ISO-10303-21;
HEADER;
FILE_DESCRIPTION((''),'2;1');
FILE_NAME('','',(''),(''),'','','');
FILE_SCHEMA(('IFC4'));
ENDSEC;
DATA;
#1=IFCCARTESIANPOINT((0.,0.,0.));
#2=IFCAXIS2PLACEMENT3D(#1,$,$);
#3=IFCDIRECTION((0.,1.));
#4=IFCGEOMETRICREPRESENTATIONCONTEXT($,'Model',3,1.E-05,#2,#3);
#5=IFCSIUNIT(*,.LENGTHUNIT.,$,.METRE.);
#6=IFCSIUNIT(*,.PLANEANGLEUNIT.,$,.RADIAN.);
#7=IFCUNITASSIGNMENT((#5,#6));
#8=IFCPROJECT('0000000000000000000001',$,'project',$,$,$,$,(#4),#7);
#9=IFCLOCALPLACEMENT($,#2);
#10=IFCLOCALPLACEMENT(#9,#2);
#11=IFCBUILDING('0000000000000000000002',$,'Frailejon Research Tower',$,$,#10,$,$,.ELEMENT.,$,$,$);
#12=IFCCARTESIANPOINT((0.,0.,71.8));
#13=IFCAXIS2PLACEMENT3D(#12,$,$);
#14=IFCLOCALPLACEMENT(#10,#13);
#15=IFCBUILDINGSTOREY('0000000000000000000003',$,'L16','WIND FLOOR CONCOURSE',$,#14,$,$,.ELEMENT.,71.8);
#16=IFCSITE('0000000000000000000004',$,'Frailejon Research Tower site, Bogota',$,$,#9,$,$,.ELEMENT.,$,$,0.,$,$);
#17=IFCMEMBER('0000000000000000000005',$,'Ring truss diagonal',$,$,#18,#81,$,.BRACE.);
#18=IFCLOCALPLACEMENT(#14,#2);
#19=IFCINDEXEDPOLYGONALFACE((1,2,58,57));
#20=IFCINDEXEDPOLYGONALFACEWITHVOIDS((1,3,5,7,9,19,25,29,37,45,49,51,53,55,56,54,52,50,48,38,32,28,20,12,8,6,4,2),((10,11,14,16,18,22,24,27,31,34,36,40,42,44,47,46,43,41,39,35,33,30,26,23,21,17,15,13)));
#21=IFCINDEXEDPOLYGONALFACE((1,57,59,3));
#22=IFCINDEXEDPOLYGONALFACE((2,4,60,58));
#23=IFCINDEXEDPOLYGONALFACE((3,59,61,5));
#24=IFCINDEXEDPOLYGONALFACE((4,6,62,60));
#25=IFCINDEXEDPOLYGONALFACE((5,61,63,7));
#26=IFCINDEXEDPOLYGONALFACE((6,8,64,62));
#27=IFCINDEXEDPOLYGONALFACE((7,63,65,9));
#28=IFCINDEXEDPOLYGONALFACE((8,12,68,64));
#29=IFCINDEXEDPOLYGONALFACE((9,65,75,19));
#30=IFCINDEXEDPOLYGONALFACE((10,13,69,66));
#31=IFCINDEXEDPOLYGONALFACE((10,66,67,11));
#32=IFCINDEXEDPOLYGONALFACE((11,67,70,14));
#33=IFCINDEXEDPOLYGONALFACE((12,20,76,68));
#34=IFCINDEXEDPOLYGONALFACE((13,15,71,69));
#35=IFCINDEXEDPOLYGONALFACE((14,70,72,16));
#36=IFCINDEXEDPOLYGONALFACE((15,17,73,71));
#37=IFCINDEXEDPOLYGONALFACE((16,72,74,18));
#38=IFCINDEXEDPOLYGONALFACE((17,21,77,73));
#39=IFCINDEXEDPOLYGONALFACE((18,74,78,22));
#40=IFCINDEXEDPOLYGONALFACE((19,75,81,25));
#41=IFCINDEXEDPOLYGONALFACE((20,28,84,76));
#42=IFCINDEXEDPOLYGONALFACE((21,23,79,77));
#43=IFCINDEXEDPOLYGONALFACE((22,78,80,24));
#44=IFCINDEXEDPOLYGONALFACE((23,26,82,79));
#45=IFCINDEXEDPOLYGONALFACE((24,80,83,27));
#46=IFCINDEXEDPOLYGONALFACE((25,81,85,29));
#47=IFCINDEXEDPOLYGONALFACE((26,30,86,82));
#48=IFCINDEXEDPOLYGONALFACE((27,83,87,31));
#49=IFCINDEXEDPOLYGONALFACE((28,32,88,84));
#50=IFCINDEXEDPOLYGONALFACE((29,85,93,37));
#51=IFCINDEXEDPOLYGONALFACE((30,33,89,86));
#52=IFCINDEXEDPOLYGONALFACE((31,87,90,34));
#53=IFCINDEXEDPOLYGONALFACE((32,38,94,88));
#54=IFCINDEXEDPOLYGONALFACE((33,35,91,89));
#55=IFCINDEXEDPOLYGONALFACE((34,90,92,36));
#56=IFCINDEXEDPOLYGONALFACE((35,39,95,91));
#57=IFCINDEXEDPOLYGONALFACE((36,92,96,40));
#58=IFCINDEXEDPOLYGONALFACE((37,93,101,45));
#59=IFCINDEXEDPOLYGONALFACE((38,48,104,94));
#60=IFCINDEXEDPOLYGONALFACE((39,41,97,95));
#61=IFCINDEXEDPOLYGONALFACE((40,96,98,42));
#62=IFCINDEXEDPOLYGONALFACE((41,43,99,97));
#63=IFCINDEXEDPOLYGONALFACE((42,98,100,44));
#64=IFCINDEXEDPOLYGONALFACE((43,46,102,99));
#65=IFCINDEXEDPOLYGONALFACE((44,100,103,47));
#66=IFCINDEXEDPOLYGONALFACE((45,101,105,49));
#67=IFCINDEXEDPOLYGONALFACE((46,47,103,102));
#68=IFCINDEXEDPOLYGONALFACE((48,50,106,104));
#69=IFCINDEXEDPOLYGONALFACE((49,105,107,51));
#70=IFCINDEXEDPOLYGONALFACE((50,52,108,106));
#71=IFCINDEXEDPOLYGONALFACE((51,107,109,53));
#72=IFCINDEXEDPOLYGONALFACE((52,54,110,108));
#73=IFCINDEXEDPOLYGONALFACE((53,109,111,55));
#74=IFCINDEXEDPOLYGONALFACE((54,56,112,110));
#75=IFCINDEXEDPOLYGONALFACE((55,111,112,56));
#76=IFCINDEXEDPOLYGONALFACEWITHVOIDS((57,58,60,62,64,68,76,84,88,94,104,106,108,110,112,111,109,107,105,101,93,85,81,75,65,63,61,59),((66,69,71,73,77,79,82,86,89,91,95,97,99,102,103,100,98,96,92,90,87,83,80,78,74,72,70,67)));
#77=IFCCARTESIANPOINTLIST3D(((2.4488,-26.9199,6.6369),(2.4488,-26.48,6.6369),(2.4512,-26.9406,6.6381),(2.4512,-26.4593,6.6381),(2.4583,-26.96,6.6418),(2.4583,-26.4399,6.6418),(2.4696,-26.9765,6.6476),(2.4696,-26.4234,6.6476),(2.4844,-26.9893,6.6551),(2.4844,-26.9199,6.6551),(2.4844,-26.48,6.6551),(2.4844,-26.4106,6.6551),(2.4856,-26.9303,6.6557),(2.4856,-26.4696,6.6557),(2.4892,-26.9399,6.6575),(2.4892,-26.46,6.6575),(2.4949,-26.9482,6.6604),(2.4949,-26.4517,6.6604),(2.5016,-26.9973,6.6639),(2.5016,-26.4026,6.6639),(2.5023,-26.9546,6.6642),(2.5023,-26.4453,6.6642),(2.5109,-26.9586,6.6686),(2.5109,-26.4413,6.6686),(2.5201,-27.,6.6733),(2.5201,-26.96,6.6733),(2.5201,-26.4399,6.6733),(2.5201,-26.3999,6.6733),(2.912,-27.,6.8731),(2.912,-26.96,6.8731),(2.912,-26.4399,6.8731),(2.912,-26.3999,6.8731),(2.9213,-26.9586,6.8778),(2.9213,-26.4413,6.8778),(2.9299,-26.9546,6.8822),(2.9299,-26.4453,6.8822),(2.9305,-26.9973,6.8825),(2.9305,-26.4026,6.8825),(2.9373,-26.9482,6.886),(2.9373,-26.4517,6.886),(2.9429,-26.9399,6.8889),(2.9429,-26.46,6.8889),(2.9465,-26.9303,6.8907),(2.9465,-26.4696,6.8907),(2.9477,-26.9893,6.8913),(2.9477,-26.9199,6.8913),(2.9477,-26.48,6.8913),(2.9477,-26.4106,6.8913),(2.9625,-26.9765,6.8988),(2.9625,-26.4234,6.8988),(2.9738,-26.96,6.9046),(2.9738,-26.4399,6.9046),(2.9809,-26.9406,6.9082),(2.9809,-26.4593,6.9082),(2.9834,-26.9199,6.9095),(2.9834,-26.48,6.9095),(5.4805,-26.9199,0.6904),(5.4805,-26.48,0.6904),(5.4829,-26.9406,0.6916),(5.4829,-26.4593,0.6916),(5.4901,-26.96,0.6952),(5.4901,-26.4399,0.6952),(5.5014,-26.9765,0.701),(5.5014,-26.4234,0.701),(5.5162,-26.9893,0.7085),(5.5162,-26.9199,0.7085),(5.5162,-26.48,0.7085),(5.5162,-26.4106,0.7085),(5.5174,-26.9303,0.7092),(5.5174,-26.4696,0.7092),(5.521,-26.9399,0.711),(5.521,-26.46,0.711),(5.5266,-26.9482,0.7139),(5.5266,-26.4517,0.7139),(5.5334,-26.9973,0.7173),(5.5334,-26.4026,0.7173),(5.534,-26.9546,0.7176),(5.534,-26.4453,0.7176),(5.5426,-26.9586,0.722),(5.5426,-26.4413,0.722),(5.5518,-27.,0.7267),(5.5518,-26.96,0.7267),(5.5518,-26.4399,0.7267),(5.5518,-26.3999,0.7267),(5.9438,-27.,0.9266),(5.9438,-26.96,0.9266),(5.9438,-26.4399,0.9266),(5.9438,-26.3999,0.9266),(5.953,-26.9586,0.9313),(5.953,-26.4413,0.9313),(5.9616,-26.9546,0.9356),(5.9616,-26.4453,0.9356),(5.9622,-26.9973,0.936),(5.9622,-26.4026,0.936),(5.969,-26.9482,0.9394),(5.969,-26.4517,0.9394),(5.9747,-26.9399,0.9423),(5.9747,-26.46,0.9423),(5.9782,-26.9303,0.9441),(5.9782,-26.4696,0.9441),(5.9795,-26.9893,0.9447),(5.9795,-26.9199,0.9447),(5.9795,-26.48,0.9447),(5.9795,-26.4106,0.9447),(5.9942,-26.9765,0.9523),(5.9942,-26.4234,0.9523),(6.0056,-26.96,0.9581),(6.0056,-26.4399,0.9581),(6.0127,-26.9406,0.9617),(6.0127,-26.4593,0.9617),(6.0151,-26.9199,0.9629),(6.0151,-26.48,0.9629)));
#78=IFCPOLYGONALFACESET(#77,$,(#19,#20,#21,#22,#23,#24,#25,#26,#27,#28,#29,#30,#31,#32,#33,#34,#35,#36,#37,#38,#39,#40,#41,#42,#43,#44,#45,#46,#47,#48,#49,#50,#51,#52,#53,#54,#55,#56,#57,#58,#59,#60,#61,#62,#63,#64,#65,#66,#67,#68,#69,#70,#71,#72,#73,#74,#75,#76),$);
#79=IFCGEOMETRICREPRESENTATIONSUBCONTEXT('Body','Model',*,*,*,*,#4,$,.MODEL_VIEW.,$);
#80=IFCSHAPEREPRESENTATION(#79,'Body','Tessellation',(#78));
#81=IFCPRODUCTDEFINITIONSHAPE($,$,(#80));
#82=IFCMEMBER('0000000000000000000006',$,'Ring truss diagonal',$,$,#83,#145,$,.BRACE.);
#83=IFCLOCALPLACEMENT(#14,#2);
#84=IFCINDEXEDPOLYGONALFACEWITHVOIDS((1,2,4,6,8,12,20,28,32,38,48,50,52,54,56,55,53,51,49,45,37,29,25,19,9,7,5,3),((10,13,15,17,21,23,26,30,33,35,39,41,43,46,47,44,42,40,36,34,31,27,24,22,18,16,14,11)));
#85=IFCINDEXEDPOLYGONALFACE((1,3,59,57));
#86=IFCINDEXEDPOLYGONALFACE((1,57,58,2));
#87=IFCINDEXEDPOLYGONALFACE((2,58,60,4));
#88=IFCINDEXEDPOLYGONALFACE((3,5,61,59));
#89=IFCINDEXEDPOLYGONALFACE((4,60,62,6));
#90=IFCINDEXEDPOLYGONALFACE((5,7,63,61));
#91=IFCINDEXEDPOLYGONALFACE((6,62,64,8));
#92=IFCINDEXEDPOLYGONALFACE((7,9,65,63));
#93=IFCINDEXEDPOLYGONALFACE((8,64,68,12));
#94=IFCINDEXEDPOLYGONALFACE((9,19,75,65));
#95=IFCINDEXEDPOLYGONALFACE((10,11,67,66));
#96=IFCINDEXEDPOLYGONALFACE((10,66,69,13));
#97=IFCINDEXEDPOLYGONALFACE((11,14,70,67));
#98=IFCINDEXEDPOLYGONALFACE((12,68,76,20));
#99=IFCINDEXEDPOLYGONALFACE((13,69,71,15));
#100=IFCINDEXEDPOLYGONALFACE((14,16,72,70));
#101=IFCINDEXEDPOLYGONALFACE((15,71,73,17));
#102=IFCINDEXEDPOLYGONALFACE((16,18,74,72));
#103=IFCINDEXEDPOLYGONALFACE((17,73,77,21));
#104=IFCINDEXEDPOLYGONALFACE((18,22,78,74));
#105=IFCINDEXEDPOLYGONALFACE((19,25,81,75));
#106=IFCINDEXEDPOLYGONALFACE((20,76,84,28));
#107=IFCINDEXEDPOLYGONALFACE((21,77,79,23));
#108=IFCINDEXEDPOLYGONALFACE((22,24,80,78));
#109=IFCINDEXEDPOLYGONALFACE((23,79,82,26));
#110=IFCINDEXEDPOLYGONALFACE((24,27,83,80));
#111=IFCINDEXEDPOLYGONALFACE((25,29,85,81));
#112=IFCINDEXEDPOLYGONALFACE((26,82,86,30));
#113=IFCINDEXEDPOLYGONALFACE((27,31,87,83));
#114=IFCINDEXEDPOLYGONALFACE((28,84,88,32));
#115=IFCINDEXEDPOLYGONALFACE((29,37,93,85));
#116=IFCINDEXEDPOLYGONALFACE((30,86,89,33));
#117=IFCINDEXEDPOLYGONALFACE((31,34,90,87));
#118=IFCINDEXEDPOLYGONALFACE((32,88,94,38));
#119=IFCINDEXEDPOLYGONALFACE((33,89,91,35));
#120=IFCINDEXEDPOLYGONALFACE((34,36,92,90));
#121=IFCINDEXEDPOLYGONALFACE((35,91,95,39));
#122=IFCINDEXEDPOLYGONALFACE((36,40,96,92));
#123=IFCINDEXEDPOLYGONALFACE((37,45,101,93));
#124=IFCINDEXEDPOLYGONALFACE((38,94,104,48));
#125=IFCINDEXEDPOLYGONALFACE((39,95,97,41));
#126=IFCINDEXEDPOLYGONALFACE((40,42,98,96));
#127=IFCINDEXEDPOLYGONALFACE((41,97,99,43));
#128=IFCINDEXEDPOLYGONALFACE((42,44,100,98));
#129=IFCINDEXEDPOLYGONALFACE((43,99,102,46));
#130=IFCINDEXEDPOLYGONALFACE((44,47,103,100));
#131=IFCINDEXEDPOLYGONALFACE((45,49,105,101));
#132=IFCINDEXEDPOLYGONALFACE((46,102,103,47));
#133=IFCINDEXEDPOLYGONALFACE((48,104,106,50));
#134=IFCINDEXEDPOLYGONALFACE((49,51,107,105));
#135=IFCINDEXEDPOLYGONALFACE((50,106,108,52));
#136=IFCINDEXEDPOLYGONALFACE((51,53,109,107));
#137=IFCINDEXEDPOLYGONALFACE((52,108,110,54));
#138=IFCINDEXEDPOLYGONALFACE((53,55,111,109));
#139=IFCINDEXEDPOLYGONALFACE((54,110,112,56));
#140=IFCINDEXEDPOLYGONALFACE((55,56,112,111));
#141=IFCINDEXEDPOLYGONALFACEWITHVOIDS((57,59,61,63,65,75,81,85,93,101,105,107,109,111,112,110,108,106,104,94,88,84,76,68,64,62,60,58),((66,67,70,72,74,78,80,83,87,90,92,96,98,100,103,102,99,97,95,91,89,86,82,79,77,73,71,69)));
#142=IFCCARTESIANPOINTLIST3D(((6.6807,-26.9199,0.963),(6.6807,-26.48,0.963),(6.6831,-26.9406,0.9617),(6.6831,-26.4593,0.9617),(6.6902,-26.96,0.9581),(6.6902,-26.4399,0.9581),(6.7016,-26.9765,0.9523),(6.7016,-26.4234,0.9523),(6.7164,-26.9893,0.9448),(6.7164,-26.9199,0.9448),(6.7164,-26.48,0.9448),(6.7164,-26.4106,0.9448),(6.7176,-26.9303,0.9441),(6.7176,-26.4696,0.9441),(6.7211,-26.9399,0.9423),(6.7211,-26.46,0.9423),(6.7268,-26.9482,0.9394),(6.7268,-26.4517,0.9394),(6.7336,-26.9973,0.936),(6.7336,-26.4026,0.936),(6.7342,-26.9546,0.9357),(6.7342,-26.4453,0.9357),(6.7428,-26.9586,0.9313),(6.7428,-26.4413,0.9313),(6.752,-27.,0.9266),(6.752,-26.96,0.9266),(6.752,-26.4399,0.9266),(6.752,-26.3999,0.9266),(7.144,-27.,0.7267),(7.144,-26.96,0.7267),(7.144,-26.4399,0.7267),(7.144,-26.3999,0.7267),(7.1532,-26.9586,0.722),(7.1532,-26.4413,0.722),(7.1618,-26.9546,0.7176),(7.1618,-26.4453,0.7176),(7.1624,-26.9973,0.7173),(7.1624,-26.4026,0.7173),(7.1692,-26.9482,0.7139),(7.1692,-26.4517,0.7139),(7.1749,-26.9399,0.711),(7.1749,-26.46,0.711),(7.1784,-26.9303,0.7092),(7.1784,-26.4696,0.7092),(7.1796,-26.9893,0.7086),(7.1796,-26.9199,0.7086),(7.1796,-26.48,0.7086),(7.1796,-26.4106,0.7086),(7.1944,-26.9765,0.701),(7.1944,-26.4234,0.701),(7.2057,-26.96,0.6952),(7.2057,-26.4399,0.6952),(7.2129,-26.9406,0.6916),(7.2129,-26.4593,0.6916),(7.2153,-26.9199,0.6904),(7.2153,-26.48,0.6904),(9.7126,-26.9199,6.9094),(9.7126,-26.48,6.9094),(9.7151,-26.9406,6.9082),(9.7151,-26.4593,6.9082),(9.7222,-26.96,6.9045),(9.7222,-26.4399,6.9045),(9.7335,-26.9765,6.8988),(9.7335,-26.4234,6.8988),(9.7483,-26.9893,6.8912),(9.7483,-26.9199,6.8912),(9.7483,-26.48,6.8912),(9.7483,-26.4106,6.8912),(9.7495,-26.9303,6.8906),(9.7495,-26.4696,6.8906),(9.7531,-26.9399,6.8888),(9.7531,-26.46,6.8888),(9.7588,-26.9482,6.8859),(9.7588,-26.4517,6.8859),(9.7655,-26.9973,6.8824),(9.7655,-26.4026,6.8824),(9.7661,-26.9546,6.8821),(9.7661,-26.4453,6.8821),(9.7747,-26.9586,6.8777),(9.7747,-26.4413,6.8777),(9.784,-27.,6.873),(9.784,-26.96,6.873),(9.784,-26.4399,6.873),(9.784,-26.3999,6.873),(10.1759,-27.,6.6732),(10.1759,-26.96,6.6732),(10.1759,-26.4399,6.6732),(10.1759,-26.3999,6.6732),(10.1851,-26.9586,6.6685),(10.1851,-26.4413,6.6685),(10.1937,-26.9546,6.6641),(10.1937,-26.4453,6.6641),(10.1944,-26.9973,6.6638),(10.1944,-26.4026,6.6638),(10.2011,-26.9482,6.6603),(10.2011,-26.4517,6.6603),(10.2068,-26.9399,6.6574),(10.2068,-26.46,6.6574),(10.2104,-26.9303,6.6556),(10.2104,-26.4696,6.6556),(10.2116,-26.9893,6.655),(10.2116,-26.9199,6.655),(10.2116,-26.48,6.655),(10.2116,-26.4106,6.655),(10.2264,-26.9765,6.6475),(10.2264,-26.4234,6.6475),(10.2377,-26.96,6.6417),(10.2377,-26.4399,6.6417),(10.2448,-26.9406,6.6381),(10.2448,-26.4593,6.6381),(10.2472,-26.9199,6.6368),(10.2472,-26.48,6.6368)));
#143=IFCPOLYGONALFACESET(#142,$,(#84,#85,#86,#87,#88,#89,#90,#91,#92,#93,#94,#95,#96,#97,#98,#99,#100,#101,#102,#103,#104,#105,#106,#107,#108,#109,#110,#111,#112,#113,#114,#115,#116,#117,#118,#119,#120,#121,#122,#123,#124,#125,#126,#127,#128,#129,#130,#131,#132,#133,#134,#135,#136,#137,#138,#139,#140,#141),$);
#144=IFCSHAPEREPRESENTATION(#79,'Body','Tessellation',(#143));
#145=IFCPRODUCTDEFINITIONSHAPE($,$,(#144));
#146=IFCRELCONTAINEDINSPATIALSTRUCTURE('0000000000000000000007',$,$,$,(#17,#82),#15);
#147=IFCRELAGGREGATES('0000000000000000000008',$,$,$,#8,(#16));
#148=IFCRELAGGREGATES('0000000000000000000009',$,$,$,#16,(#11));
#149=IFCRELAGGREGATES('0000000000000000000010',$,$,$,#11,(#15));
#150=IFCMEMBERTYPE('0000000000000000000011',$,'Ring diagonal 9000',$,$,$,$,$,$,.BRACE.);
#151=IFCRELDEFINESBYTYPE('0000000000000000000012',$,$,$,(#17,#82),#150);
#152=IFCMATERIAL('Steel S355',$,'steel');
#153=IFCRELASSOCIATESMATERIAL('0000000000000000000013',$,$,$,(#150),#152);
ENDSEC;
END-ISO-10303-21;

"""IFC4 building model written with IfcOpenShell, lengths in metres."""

from ifc_helpers import new_model, si_unit, direction, frame, origin, origin_2d, place, context, subcontext, project, spatial, hollow_rectangle, extrude, material, material_profile, profile_set, type_object, element, save


model = new_model("IFC4")

# Units and contexts
model_context = context("Model", 3, precision=1e-05, world=origin(), true_north=direction((0.0, 1.0)))
body_context = subcontext(model_context, "Body", "Model", "MODEL_VIEW")
ifc_project = project(units=[si_unit("LENGTHUNIT", "METRE"), si_unit("PLANEANGLEUNIT", "RADIAN")], contexts=[model_context])

# Site, building, storey
site_placement = place(None, origin())
site = spatial("IfcSite", under=ifc_project, at=site_placement, Name="Frailejon Research Tower site, Bogota", CompositionType="ELEMENT", RefElevation=0.0)
building_placement = place(site_placement, origin())
building = spatial("IfcBuilding", under=site, at=building_placement, Name="Frailejon Research Tower", CompositionType="ELEMENT")
storey_placement = place(building_placement, frame((0.0, 0.0, 71.8)))
storey = spatial("IfcBuildingStorey", under=building, at=storey_placement, Name="L16", Description="WIND FLOOR CONCOURSE", CompositionType="ELEMENT", Elevation=71.8)

# Members
ifc_material_1 = material(Name="Steel S355", Category="steel")
ifc_material_profile_1 = material_profile(ifc_material_1, hollow_rectangle(XDim=0.6001, YDim=0.6001, WallThickness=0.04, InnerFilletRadius=0.04, OuterFilletRadius=0.0801, at=origin_2d()), Name="Ring diagonal 9000")
ifc_profile_set_1 = profile_set([ifc_material_profile_1], Name="Steel S355")
member_type = type_object("IfcMemberType", Name="Ring diagonal 9000", PredefinedType="BRACE", material=ifc_profile_set_1)
for number, where, z_axis, x_axis, name in (
    (1, (2.7161, -26.7, 6.7732), (0.454208, 0.0, -0.890896), (0.0, 1.0, 0.0), "Ring truss diagonal"),
    (2, (6.948, -26.7, 0.8267), (0.454237, 0.0, 0.890881), (0.0, 1.0, 0.0), "Ring truss diagonal"),
):
    element("IfcMember", number, at=place(storey_placement, frame(where, z_axis=z_axis, x_axis=x_axis)), inside=storey, type_object=member_type, Name=name, PredefinedType="BRACE", context=body_context, shape_type="SweptSolid", body=[
        extrude(hollow_rectangle(XDim=0.6001, YDim=0.6001, WallThickness=0.04, InnerFilletRadius=0.04, OuterFilletRadius=0.0801, at=origin_2d()), origin(), (0.0, 0.0, 1.0), 6.6748),
    ])

save(model, "model.ifc")
